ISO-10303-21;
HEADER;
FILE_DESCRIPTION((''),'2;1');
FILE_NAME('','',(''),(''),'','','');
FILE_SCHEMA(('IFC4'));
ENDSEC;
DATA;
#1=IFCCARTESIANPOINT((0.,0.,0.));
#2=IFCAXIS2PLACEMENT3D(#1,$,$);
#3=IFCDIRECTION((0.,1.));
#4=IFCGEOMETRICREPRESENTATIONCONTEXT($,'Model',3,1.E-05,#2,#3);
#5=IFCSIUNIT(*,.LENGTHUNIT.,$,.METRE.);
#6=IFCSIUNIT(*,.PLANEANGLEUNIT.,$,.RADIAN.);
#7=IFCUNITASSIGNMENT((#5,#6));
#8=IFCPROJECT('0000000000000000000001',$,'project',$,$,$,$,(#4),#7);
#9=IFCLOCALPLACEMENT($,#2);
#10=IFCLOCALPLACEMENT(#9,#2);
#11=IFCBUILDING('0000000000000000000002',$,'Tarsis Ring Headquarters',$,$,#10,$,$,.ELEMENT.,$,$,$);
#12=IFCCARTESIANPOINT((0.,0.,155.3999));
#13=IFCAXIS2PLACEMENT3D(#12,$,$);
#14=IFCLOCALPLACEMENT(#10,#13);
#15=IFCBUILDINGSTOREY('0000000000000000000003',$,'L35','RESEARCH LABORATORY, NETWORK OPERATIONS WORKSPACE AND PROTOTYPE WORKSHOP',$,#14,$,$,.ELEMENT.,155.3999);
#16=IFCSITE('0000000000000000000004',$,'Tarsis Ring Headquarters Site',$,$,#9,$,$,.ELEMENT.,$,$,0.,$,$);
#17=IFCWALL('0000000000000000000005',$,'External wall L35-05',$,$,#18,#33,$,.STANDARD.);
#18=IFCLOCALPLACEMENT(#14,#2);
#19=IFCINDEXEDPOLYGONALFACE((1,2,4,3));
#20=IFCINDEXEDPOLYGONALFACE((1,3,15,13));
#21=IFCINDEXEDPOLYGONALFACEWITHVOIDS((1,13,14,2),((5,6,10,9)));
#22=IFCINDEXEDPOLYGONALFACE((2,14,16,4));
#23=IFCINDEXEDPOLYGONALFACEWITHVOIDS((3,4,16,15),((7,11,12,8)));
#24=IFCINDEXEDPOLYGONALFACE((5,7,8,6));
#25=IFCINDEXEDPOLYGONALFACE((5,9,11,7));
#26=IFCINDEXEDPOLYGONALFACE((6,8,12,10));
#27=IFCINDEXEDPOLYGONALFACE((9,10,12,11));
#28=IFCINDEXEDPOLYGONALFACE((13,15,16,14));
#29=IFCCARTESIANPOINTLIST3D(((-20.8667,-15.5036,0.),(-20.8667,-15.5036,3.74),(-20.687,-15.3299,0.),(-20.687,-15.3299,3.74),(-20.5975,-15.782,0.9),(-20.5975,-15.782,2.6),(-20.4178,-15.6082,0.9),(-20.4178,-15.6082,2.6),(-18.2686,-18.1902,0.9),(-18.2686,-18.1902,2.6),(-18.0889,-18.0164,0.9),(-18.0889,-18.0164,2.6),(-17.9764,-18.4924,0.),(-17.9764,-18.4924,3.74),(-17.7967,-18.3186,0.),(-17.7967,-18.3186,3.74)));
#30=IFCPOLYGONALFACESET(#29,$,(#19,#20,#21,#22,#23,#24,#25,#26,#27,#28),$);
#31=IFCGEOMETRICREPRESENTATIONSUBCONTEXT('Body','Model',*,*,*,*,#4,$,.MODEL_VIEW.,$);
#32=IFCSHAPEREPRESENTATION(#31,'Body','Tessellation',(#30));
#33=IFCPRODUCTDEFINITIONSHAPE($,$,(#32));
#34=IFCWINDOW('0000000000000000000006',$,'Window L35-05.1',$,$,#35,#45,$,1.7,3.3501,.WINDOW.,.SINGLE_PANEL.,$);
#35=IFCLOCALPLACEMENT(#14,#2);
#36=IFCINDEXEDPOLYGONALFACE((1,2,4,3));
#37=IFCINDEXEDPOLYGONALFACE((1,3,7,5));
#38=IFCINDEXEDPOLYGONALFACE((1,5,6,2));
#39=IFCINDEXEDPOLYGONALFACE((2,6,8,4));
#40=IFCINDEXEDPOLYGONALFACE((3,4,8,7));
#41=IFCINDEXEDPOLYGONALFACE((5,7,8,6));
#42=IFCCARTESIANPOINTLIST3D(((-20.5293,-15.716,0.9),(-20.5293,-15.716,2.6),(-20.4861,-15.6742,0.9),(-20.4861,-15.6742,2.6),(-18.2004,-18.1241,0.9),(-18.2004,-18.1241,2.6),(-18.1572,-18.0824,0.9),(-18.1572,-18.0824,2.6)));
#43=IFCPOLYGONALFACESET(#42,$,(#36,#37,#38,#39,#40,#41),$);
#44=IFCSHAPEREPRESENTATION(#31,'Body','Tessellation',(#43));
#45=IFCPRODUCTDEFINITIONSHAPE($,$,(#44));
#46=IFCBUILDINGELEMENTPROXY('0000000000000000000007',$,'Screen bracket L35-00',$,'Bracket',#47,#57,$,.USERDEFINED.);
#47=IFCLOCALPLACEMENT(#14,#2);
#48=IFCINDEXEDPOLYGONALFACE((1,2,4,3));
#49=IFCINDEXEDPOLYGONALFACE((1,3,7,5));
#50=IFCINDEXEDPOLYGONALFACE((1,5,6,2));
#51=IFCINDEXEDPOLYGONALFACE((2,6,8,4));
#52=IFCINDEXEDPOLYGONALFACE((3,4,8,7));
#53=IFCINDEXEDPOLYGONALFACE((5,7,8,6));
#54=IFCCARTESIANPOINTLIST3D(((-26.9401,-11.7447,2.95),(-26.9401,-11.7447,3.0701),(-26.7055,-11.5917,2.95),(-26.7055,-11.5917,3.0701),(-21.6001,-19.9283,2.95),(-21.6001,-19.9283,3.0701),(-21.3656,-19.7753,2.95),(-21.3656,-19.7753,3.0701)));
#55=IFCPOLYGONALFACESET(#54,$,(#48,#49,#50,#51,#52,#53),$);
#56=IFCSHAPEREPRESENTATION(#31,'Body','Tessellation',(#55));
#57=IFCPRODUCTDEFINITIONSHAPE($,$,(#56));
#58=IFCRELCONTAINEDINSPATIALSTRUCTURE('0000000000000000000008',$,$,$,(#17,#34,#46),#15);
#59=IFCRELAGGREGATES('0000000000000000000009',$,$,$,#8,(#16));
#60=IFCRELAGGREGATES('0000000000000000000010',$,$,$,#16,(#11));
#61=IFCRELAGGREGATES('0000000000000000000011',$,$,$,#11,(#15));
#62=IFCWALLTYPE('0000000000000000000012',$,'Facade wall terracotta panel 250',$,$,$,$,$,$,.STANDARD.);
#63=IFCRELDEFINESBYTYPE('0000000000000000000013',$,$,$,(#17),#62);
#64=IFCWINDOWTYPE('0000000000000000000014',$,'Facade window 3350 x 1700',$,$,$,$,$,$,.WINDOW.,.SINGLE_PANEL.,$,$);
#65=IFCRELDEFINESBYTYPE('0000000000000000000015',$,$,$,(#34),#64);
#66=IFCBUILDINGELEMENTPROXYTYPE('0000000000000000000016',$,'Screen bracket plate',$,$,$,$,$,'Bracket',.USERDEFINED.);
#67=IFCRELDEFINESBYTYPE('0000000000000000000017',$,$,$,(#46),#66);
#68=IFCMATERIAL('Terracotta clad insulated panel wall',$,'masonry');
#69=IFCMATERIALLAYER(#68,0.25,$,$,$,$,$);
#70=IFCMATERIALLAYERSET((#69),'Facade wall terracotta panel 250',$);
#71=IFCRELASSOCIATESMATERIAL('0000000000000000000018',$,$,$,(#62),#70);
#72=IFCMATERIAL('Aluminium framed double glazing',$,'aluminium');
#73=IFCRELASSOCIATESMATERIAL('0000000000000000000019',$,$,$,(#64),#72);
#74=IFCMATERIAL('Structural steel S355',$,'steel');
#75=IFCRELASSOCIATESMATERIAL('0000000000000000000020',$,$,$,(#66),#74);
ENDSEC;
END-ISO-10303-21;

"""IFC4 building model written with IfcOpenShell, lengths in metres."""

from ifc_helpers import new_model, si_unit, direction, frame, frame_2d, origin, origin_2d, place, context, subcontext, project, spatial, rectangle, extrude, material, layer, layer_set, type_object, element, fill, save


model = new_model("IFC4")

# Units and contexts
model_context = context("Model", 3, precision=1e-05, world=origin(), true_north=direction((0.0, 1.0)))
body_context = subcontext(model_context, "Body", "Model", "MODEL_VIEW")
ifc_project = project(units=[si_unit("LENGTHUNIT", "METRE"), si_unit("PLANEANGLEUNIT", "RADIAN")], contexts=[model_context])

# Site, building, storey
site_placement = place(None, origin())
site = spatial("IfcSite", under=ifc_project, at=site_placement, Name="Tarsis Ring Headquarters Site", CompositionType="ELEMENT", RefElevation=0.0)
building_placement = place(site_placement, origin())
building = spatial("IfcBuilding", under=site, at=building_placement, Name="Tarsis Ring Headquarters", CompositionType="ELEMENT")
storey_placement = place(building_placement, frame((0.0, 0.0, 155.3999)))
storey = spatial("IfcBuildingStorey", under=building, at=storey_placement, Name="L35", Description="RESEARCH LABORATORY, NETWORK OPERATIONS WORKSPACE AND PROTOTYPE WORKSHOP", CompositionType="ELEMENT", Elevation=155.3999)

# Shared definitions
ifc_material_1 = material(Name="Structural steel S355", Category="steel")

# Wall, opening, window
ifc_material_2 = material(Name="Terracotta clad insulated panel wall", Category="masonry")
ifc_layer_1 = layer(ifc_material_2, 0.25)
ifc_layer_set_1 = layer_set([ifc_layer_1], Name="Facade wall terracotta panel 250")
wall_type_1 = type_object("IfcWallType", Name="Facade wall terracotta panel 250", PredefinedType="STANDARD", material=ifc_layer_set_1)
wall_1_placement = place(storey_placement, frame((-20.7769, -15.4167, 0.0), z_axis=(0.0, 0.0, 1.0), x_axis=(0.695176, -0.71884, 0.0)))
wall_1 = element("IfcWall", 1, at=wall_1_placement, inside=storey, type_object=wall_type_1, Name="External wall L35-05", PredefinedType="STANDARD", context=body_context, shape_type="SweptSolid", body=[
    extrude(rectangle(XDim=4.1577, YDim=0.25, at=frame_2d((2.0789, 0.0))), origin(), (0.0, 0.0, 1.0), 3.74),
])
opening_1_placement = place(wall_1_placement, frame((0.3872, 0.0, 0.8999)))
opening_1 = element("IfcOpeningElement", 2, at=opening_1_placement, cuts=wall_1, PredefinedType="OPENING", context=body_context, shape_type="SweptSolid", body=[
    extrude(rectangle(XDim=3.3501, YDim=1.7, at=frame_2d((1.675, 0.8501))), frame((0.0, 0.135, 0.0), z_axis=(0.0, -1.0, 0.0), x_axis=(1.0, 0.0, 0.0)), (0.0, 0.0, 1.0), 0.27),
])
ifc_material_3 = material(Name="Aluminium framed double glazing", Category="aluminium")
window_type = type_object("IfcWindowType", Name="Facade window 3350 x 1700", PartitioningType="SINGLE_PANEL", PredefinedType="WINDOW", material=ifc_material_3)
window_placement = place(opening_1_placement, origin())
window = element("IfcWindow", 3, at=window_placement, inside=storey, type_object=window_type, Name="Window L35-05.1", OverallHeight=1.7, OverallWidth=3.3501, PartitioningType="SINGLE_PANEL", PredefinedType="WINDOW", context=body_context, shape_type="SweptSolid", body=[
    extrude(rectangle(XDim=3.3501, YDim=1.7, at=frame_2d((1.675, 0.8501))), frame((0.0, 0.03, 0.0), z_axis=(0.0, -1.0, 0.0), x_axis=(1.0, 0.0, 0.0)), (0.0, 0.0, 1.0), 0.0601),
])
fill(opening_1, window)

# Building element proxy
building_element_proxy_type = type_object("IfcBuildingElementProxyType", Name="Screen bracket plate", ElementType="Bracket", PredefinedType="USERDEFINED", material=ifc_material_1)
proxy_placement = place(storey_placement, frame((-24.1528, -15.76, 2.95), z_axis=(0.0, 0.0, 1.0), x_axis=(0.546467, -0.837481, 0.0)))
element("IfcBuildingElementProxy", 4, at=proxy_placement, inside=storey, type_object=building_element_proxy_type, Name="Screen bracket L35-00", ObjectType="Bracket", PredefinedType="USERDEFINED", context=body_context, shape_type="SweptSolid", body=[
    extrude(rectangle(XDim=9.7717, YDim=0.28, at=origin_2d()), origin(), (0.0, 0.0, 1.0), 0.1201),
])

save(model, "model.ifc")
